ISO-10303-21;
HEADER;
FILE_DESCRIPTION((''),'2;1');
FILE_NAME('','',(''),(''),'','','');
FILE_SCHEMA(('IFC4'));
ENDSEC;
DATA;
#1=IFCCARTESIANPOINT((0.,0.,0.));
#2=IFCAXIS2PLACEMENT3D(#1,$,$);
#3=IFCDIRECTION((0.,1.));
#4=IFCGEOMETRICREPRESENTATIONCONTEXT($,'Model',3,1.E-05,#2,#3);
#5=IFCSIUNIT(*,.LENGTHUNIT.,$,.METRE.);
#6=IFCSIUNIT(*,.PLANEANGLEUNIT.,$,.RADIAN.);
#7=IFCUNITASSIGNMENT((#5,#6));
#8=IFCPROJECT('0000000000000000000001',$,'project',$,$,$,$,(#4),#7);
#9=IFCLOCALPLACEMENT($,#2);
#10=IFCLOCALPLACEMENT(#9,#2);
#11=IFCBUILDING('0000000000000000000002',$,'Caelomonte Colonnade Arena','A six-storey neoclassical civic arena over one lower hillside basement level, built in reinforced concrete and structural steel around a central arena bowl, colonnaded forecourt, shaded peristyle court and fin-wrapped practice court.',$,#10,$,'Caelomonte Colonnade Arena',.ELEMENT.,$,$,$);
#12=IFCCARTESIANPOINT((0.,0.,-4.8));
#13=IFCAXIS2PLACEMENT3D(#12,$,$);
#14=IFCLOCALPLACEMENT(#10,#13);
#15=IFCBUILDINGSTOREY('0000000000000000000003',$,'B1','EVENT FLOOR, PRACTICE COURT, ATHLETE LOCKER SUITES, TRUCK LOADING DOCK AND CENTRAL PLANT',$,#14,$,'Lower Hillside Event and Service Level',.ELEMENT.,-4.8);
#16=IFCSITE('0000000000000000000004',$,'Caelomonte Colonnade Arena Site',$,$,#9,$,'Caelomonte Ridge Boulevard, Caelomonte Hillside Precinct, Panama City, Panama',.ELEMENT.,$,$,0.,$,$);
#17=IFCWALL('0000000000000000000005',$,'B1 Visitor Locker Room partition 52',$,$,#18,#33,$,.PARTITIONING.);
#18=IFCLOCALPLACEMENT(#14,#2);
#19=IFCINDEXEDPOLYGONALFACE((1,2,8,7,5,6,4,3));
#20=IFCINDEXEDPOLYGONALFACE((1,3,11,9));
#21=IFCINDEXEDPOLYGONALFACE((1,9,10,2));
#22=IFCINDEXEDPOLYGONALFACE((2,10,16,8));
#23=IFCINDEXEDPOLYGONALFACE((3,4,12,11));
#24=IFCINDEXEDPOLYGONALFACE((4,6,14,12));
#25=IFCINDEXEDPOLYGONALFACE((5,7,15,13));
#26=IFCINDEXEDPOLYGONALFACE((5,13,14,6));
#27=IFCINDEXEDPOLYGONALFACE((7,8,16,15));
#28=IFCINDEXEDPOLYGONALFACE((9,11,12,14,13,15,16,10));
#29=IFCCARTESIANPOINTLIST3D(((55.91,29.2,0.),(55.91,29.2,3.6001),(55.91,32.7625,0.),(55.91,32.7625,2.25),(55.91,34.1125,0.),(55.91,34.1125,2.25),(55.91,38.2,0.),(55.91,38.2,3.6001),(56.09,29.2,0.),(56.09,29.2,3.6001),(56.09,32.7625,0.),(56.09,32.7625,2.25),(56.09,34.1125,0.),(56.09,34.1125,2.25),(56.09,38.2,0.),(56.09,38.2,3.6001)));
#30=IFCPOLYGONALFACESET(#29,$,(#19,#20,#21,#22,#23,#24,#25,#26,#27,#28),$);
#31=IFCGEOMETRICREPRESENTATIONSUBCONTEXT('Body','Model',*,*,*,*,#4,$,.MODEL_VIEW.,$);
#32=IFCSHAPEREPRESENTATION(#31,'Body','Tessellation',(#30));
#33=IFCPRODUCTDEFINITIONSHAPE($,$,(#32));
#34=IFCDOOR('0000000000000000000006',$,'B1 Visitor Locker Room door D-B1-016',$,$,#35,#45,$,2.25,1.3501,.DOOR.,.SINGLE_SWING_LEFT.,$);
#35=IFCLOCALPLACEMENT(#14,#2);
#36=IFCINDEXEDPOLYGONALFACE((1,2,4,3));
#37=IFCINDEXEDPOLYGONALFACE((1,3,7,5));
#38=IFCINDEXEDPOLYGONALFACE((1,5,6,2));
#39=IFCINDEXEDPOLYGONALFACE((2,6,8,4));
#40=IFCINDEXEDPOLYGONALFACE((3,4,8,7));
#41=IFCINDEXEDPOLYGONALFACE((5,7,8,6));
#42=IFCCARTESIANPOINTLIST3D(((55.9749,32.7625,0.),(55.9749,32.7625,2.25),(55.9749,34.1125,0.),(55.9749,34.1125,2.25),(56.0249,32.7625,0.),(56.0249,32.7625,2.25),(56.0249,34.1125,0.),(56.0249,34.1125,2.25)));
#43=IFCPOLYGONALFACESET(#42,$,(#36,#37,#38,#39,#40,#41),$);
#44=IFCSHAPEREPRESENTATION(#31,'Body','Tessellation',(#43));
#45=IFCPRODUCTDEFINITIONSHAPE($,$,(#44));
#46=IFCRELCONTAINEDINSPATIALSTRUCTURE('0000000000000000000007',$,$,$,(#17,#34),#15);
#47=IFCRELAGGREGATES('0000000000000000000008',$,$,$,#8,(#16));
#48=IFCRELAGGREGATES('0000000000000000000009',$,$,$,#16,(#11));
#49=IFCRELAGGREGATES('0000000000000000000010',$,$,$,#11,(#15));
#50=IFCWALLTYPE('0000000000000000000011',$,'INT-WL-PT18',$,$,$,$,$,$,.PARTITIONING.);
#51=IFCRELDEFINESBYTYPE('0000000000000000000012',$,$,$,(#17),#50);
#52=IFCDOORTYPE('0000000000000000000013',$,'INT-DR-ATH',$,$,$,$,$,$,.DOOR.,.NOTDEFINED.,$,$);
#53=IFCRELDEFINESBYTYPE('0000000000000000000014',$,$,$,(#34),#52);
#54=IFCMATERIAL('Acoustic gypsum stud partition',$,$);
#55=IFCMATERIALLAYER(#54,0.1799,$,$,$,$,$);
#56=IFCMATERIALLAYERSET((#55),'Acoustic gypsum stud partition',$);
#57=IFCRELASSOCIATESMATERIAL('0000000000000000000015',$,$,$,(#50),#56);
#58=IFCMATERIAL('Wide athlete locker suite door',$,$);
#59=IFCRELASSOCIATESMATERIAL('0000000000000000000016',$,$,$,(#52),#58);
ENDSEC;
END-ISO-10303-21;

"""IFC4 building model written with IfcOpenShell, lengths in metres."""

from ifc_helpers import new_model, si_unit, direction, frame, frame_2d, origin, place, context, subcontext, project, spatial, rectangle, extrude, material, layer, layer_set, type_object, element, fill, save


model = new_model("IFC4")

# Units and contexts
model_context = context("Model", 3, precision=1e-05, world=origin(), true_north=direction((0.0, 1.0)))
body_context = subcontext(model_context, "Body", "Model", "MODEL_VIEW")
ifc_project = project(units=[si_unit("LENGTHUNIT", "METRE"), si_unit("PLANEANGLEUNIT", "RADIAN")], contexts=[model_context])

# Site, building, storey
site_placement = place(None, origin())
site = spatial("IfcSite", under=ifc_project, at=site_placement, Name="Caelomonte Colonnade Arena Site", LongName="Caelomonte Ridge Boulevard, Caelomonte Hillside Precinct, Panama City, Panama", CompositionType="ELEMENT", RefElevation=0.0)
building_placement = place(site_placement, origin())
building = spatial("IfcBuilding", under=site, at=building_placement, Name="Caelomonte Colonnade Arena", Description="A six-storey neoclassical civic arena over one lower hillside basement level, built in reinforced concrete and structural steel around a central arena bowl, colonnaded forecourt, shaded peristyle court and fin-wrapped practice court.", LongName="Caelomonte Colonnade Arena", CompositionType="ELEMENT")
storey_placement = place(building_placement, frame((0.0, 0.0, -4.8)))
storey = spatial("IfcBuildingStorey", under=building, at=storey_placement, Name="B1", Description="EVENT FLOOR, PRACTICE COURT, ATHLETE LOCKER SUITES, TRUCK LOADING DOCK AND CENTRAL PLANT", LongName="Lower Hillside Event and Service Level", CompositionType="ELEMENT", Elevation=-4.8)

# Shared definitions
ifc_material_1 = material(Name="Acoustic gypsum stud partition")
ifc_layer_1 = layer(ifc_material_1, 0.1799)
ifc_layer_set_1 = layer_set([ifc_layer_1], Name="Acoustic gypsum stud partition")
wall_type_1 = type_object("IfcWallType", Name="INT-WL-PT18", PredefinedType="PARTITIONING", material=ifc_layer_set_1)
ifc_material_2 = material(Name="Wide athlete locker suite door")
door_type_1 = type_object("IfcDoorType", Name="INT-DR-ATH", OperationType="NOTDEFINED", PredefinedType="DOOR", material=ifc_material_2)

# Wall, opening, door
wall_1_placement = place(storey_placement, frame((56.0, 38.2, 0.0), z_axis=(0.0, 0.0, 1.0), x_axis=(0.0, -1.0, 0.0)))
wall_1 = element("IfcWall", 1, at=wall_1_placement, inside=storey, type_object=wall_type_1, Name="B1 Visitor Locker Room partition 52", PredefinedType="PARTITIONING", context=body_context, shape_type="SweptSolid", body=[
    extrude(rectangle(XDim=9.0, YDim=0.1799, at=frame_2d((4.5, 0.0))), origin(), (0.0, 0.0, 1.0), 3.6001),
])
opening_1_placement = place(wall_1_placement, frame((4.0874, 0.0, 0.0), z_axis=(0.0, 0.0, 1.0), x_axis=(1.0, 0.0, 0.0)))
opening_1 = element("IfcOpeningElement", 2, at=opening_1_placement, cuts=wall_1, PredefinedType="OPENING", context=body_context, shape_type="SweptSolid", body=[
    extrude(rectangle(XDim=1.3501, YDim=2.25, at=frame_2d((0.675, 1.125))), frame((0.0, 0.0999, 0.0), z_axis=(0.0, -1.0, 0.0), x_axis=(1.0, 0.0, 0.0)), (0.0, 0.0, 1.0), 0.2),
])
door_1_placement = place(opening_1_placement, origin())
door_1 = element("IfcDoor", 3, at=door_1_placement, inside=storey, type_object=door_type_1, Name="B1 Visitor Locker Room door D-B1-016", OperationType="SINGLE_SWING_LEFT", OverallHeight=2.25, OverallWidth=1.3501, PredefinedType="DOOR", context=body_context, shape_type="SweptSolid", body=[
    extrude(rectangle(XDim=1.3501, YDim=2.25, at=frame_2d((0.675, 1.125))), frame((0.0, 0.0249, 0.0), z_axis=(0.0, -1.0, 0.0), x_axis=(1.0, 0.0, 0.0)), (0.0, 0.0, 1.0), 0.05),
])
fill(opening_1, door_1)

save(model, "model.ifc")
